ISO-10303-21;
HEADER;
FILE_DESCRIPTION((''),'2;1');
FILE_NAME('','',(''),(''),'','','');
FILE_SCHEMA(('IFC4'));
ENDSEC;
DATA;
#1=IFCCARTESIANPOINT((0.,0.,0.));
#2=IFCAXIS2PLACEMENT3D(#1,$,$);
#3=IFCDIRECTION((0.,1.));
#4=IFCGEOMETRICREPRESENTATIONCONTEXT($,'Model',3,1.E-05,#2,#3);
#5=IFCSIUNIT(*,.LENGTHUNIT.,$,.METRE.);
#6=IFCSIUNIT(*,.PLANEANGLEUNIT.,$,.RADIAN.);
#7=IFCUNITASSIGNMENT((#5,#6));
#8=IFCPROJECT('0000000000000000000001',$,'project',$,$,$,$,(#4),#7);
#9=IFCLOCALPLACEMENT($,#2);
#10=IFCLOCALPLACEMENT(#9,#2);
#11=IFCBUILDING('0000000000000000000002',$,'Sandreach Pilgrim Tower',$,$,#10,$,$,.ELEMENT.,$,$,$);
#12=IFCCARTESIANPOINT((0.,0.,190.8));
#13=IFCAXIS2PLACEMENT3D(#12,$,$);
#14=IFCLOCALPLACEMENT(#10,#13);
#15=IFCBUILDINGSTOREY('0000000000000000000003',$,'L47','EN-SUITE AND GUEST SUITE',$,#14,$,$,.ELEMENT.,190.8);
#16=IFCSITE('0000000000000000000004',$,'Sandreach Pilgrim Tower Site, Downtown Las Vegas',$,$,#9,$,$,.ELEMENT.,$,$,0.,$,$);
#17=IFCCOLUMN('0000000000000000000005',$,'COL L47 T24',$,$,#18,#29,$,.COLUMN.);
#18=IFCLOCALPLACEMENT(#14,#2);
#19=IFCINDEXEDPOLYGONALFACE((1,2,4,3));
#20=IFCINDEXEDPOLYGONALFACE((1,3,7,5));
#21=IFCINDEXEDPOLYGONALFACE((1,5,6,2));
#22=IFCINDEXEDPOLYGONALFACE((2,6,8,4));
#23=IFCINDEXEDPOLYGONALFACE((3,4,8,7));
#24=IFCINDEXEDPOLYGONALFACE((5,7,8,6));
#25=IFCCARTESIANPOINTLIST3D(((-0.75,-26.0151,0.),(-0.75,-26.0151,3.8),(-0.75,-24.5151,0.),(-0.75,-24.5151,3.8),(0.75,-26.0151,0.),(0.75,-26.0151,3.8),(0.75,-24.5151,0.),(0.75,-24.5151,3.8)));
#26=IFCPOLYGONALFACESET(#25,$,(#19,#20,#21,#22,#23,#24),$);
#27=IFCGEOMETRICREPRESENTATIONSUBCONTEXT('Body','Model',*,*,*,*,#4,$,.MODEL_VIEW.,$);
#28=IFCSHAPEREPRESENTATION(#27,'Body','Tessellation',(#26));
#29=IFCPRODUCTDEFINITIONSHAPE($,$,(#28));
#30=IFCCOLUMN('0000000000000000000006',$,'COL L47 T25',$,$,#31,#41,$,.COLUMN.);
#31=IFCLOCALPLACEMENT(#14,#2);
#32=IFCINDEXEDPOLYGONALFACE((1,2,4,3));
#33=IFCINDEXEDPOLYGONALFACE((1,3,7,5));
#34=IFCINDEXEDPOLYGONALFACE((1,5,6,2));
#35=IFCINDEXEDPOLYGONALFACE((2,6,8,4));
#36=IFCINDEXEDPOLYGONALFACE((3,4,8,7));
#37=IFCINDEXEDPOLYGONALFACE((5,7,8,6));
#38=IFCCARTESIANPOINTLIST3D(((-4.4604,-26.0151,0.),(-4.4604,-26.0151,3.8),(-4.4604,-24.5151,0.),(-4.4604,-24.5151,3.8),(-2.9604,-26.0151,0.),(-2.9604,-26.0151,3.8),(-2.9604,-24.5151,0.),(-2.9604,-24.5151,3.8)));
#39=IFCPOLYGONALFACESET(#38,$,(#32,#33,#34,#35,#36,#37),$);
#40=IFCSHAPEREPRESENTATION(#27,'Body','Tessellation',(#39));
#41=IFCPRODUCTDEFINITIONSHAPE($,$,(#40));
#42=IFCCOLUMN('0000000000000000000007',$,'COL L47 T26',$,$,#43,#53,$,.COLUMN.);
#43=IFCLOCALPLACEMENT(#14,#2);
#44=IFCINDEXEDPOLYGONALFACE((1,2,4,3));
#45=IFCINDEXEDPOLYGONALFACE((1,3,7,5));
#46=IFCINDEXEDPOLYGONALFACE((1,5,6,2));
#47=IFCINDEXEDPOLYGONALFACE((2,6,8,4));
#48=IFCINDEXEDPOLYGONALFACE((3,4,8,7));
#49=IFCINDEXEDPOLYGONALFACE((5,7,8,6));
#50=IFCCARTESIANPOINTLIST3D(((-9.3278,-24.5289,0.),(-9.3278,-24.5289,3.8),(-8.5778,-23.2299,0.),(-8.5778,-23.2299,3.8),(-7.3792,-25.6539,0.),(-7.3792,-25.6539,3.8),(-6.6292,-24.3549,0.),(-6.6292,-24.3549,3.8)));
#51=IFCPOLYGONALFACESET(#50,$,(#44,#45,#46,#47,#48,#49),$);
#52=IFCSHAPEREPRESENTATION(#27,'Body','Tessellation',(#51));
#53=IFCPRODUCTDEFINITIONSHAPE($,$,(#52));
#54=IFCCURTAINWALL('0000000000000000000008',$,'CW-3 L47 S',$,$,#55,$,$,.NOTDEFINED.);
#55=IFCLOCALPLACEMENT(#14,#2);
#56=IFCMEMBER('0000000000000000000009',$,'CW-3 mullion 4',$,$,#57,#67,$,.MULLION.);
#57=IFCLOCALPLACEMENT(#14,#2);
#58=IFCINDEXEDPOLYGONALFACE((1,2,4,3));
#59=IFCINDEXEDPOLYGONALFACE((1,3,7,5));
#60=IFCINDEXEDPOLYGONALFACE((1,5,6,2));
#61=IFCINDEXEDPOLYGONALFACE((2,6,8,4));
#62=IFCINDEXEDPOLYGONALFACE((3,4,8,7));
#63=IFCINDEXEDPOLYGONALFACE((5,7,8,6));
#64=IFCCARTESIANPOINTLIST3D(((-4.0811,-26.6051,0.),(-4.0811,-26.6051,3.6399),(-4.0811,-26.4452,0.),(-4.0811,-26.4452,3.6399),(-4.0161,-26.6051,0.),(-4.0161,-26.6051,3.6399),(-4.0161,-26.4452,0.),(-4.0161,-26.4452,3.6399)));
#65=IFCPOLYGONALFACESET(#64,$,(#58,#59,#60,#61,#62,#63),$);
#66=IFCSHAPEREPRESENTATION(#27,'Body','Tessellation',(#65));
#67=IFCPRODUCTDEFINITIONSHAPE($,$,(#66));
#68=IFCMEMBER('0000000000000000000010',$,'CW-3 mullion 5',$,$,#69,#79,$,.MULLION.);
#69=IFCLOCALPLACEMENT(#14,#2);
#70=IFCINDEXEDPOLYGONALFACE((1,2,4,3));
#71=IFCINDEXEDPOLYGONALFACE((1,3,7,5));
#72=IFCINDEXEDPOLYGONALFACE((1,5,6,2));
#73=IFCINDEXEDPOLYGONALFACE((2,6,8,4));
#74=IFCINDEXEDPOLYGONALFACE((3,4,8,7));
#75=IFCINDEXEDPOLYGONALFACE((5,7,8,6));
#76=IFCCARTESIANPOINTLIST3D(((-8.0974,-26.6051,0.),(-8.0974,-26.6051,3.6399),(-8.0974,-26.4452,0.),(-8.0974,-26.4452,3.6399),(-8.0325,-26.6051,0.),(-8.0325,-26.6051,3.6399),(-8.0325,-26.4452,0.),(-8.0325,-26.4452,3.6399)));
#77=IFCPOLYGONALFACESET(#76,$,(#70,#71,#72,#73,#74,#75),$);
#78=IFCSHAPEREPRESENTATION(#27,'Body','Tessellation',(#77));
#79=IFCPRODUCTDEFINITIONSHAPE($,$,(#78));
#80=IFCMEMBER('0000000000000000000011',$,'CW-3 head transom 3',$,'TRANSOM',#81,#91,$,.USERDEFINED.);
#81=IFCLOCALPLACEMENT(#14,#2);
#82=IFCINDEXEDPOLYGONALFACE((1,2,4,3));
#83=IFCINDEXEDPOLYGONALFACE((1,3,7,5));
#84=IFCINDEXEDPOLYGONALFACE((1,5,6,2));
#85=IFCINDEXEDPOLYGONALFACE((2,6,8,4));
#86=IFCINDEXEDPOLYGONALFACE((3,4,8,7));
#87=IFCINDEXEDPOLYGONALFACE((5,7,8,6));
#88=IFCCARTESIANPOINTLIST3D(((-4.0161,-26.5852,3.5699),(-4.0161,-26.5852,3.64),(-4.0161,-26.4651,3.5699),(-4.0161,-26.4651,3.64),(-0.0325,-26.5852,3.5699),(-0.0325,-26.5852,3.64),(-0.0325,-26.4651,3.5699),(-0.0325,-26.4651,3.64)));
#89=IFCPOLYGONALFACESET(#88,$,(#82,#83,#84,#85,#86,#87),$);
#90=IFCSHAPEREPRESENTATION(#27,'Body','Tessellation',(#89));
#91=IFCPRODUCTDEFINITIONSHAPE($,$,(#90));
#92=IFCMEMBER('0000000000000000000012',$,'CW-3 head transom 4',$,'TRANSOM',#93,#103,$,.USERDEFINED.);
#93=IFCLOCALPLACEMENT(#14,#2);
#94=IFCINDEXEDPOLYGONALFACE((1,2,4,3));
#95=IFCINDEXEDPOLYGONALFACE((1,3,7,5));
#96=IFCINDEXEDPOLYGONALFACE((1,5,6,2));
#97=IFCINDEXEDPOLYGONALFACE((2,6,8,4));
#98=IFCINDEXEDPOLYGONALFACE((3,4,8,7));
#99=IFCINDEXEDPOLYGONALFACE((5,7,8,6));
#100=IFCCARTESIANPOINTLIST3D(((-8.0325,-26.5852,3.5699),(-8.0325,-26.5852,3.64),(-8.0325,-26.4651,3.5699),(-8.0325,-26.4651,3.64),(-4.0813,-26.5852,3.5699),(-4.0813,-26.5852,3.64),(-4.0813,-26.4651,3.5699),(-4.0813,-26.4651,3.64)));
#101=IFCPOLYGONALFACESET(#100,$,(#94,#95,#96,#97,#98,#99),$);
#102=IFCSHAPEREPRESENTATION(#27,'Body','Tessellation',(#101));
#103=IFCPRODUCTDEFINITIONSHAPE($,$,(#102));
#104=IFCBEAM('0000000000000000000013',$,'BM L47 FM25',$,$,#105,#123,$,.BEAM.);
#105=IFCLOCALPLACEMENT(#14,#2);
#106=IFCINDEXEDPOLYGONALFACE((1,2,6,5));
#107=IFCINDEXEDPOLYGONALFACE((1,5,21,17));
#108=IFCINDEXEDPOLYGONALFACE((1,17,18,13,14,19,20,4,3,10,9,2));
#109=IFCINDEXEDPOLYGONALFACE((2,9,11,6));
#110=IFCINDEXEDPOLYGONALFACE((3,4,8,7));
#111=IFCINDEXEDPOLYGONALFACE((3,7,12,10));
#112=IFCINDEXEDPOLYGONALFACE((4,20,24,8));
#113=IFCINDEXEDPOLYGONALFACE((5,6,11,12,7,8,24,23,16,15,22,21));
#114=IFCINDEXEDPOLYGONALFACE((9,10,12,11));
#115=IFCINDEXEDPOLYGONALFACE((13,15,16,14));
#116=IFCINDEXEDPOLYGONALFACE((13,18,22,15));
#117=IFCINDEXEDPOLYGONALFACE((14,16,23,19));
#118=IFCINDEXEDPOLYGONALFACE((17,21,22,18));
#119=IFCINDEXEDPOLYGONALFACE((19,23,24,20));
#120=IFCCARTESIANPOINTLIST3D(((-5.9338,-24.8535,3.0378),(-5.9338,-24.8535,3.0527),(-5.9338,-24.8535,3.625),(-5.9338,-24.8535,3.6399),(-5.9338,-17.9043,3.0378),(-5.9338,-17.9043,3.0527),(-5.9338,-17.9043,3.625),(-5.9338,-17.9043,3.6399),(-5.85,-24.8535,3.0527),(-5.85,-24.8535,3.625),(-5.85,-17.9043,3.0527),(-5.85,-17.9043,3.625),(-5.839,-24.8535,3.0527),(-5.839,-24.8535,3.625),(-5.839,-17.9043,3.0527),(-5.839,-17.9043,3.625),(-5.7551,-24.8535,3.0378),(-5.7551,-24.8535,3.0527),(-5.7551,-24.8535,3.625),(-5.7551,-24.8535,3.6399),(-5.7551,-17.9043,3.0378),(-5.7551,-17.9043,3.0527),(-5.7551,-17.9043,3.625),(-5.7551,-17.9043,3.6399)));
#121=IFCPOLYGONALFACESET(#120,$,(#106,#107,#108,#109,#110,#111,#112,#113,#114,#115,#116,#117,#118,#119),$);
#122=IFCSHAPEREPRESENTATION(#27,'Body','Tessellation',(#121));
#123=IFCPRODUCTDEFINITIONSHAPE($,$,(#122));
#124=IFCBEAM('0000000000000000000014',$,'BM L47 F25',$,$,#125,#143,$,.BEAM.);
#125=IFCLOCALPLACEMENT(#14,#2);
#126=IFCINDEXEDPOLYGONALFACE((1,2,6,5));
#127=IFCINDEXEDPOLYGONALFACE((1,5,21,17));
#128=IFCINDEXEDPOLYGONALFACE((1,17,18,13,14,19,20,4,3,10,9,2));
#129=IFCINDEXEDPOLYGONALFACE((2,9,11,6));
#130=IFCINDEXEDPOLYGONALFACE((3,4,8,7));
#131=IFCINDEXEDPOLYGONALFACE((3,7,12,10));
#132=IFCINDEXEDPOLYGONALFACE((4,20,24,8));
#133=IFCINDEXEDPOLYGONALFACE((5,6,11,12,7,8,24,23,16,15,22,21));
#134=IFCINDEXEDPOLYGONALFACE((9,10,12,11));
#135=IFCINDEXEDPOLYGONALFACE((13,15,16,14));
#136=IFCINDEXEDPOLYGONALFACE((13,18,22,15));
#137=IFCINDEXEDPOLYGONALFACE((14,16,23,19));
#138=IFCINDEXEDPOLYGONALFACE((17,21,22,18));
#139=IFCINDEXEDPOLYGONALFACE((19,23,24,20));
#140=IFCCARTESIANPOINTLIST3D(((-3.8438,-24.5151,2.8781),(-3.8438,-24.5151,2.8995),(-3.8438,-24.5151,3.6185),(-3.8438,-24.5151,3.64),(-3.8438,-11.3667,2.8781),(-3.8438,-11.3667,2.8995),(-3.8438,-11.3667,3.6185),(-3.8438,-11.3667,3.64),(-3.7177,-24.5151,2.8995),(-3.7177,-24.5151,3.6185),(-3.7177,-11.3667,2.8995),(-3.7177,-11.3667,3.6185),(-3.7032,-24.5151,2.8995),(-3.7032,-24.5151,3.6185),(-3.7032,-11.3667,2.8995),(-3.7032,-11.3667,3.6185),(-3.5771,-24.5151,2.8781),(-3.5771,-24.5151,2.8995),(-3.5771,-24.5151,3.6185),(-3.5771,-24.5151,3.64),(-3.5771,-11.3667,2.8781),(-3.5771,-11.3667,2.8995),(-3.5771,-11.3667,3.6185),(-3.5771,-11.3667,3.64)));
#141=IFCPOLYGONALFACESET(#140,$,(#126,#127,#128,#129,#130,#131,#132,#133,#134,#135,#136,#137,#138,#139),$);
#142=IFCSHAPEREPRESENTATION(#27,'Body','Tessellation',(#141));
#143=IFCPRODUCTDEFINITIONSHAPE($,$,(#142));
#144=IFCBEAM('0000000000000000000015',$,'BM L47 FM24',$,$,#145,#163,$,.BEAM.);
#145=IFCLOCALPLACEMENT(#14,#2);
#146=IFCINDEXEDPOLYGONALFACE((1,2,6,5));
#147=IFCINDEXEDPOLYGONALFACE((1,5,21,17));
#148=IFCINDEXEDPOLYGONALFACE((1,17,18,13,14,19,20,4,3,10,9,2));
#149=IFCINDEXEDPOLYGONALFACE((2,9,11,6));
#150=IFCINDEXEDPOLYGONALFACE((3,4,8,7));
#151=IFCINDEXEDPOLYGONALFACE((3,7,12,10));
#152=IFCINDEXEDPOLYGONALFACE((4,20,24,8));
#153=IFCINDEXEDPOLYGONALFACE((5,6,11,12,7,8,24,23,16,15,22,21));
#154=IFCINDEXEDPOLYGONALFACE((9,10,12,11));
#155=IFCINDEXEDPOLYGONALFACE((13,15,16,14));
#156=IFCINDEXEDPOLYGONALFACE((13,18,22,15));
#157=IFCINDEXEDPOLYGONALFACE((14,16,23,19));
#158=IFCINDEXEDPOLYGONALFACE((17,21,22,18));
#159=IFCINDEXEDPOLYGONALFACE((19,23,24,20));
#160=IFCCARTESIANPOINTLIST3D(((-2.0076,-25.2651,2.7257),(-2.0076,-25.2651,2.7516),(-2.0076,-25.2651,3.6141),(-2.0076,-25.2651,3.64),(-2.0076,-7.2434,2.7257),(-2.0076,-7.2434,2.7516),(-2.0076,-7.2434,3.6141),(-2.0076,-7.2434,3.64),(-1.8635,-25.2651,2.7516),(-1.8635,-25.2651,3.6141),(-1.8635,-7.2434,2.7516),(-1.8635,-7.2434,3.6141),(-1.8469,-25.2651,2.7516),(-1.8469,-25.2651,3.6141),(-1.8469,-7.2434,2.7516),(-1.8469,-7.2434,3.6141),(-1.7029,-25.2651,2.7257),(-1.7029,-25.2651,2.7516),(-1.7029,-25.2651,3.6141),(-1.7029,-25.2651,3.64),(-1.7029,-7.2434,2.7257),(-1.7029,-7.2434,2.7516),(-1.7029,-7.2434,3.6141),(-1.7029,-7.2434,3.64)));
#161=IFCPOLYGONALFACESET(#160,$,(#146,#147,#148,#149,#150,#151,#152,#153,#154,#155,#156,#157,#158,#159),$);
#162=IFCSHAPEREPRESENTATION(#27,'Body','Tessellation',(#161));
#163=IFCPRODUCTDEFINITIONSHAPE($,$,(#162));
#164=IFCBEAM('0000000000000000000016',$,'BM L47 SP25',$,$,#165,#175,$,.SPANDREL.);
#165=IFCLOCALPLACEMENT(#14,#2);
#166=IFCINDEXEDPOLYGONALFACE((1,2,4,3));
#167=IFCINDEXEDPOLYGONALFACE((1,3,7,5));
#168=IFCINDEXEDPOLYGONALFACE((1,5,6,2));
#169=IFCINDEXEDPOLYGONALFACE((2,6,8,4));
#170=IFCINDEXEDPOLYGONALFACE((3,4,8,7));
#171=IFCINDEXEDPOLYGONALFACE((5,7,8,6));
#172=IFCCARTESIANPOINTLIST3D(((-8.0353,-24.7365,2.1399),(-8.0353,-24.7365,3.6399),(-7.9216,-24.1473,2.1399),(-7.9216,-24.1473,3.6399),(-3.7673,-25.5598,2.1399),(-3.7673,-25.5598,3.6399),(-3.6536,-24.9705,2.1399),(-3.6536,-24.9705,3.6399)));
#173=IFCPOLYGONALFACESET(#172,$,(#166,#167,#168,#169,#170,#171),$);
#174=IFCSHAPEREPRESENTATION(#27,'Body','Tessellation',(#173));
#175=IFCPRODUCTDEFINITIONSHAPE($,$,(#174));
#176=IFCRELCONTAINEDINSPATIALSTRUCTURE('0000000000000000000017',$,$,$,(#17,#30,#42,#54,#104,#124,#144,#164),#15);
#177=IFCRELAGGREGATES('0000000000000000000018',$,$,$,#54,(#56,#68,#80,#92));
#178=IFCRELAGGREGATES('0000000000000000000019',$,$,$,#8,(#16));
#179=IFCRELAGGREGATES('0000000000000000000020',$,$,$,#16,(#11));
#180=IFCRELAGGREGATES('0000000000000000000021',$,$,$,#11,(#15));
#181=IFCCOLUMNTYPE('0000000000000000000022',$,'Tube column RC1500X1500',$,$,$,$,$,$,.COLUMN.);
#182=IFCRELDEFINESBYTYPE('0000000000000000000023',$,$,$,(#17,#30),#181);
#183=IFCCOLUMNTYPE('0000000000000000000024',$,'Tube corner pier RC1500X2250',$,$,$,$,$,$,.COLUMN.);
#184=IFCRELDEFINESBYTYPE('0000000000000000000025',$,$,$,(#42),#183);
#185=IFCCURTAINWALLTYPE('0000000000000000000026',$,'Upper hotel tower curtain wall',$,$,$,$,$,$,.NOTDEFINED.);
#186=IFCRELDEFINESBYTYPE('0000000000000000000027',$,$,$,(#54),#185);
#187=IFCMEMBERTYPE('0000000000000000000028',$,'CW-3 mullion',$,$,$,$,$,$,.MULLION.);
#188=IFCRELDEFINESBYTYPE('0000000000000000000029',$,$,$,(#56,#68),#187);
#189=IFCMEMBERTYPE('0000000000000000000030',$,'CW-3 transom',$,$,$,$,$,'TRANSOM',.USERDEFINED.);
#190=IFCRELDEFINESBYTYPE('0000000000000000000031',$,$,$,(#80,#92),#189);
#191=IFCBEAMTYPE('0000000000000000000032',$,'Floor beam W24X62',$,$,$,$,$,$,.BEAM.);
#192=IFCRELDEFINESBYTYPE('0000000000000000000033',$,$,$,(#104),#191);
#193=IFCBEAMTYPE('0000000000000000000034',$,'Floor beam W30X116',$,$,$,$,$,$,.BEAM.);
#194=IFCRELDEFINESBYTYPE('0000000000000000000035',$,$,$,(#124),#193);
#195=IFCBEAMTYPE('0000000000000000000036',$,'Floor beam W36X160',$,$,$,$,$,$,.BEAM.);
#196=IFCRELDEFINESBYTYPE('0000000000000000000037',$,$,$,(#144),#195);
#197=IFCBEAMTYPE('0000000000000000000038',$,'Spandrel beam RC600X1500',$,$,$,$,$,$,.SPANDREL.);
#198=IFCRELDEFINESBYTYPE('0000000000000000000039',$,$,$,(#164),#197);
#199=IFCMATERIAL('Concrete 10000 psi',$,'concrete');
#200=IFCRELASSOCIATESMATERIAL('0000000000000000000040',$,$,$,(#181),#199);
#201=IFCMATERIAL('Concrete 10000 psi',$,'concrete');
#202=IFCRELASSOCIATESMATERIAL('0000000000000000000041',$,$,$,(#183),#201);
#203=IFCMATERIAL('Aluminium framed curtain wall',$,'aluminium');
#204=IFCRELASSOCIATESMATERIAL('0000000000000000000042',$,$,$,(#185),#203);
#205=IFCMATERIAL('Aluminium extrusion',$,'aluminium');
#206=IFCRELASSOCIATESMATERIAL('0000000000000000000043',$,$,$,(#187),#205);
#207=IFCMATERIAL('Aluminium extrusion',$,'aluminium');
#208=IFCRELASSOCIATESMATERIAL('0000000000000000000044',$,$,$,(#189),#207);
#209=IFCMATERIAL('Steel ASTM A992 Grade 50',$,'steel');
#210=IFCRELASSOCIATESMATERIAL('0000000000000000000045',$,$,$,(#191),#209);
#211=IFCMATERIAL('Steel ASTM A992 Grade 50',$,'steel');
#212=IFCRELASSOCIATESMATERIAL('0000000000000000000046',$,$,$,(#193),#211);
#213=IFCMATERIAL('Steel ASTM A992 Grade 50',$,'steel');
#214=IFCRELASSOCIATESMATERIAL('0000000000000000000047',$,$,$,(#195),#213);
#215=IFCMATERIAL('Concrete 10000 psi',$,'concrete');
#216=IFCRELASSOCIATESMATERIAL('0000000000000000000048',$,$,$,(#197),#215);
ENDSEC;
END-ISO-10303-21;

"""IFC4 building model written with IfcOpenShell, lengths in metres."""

from ifc_helpers import new_model, si_unit, direction, frame, origin, origin_2d, place, context, subcontext, project, spatial, rectangle, i_section, extrude, material, material_profile, profile_set, type_object, element, aggregate, save


model = new_model("IFC4")

# Units and contexts
model_context = context("Model", 3, precision=1e-05, world=origin(), true_north=direction((0.0, 1.0)))
body_context = subcontext(model_context, "Body", "Model", "MODEL_VIEW")
ifc_project = project(units=[si_unit("LENGTHUNIT", "METRE"), si_unit("PLANEANGLEUNIT", "RADIAN")], contexts=[model_context])

# Site, building, storey
site_placement = place(None, origin())
site = spatial("IfcSite", under=ifc_project, at=site_placement, Name="Sandreach Pilgrim Tower Site, Downtown Las Vegas", CompositionType="ELEMENT", RefElevation=0.0)
building_placement = place(site_placement, origin())
building = spatial("IfcBuilding", under=site, at=building_placement, Name="Sandreach Pilgrim Tower", CompositionType="ELEMENT")
storey_placement = place(building_placement, frame((0.0, 0.0, 190.8)))
storey = spatial("IfcBuildingStorey", under=building, at=storey_placement, Name="L47", Description="EN-SUITE AND GUEST SUITE", CompositionType="ELEMENT", Elevation=190.8)

# Columns
ifc_material_1 = material(Name="Concrete 10000 psi", Category="concrete")
ifc_material_profile_1 = material_profile(ifc_material_1, rectangle(XDim=1.5, YDim=1.5, at=origin_2d()), Name="RC1500X1500")
ifc_profile_set_1 = profile_set([ifc_material_profile_1], Name="Concrete 10000 psi")
column_type_1 = type_object("IfcColumnType", Name="Tube column RC1500X1500", PredefinedType="COLUMN", material=ifc_profile_set_1)
for number, where, z_axis, x_axis, name in (
    (1, (0.0, -25.2651, 0.0), (0.0, 0.0, 1.0), (0.0, -1.0, 0.0), "COL L47 T24"),
    (2, (-3.7104, -25.2651, 0.0), (0.0, 0.0, 1.0), (0.0, -1.0, 0.0), "COL L47 T25"),
):
    element("IfcColumn", number, at=place(storey_placement, frame(where, z_axis=z_axis, x_axis=x_axis)), inside=storey, type_object=column_type_1, Name=name, PredefinedType="COLUMN", context=body_context, shape_type="SweptSolid", body=[
        extrude(rectangle(XDim=1.5, YDim=1.5, at=origin_2d()), origin(), (0.0, 0.0, 1.0), 3.8),
    ])
ifc_material_2 = material(Name="Concrete 10000 psi", Category="concrete")
ifc_material_profile_2 = material_profile(ifc_material_2, rectangle(XDim=1.5, YDim=2.25, at=origin_2d()), Name="RC1500X2250")
ifc_profile_set_2 = profile_set([ifc_material_profile_2], Name="Concrete 10000 psi")
column_type_2 = type_object("IfcColumnType", Name="Tube corner pier RC1500X2250", PredefinedType="COLUMN", material=ifc_profile_set_2)
column_placement = place(storey_placement, frame((-7.9785, -24.4419, 0.0), z_axis=(0.0, 0.0, 1.0), x_axis=(-0.5, -0.866025, 0.0)))
element("IfcColumn", 3, at=column_placement, inside=storey, type_object=column_type_2, Name="COL L47 T26", PredefinedType="COLUMN", context=body_context, shape_type="SweptSolid", body=[
    extrude(rectangle(XDim=1.5, YDim=2.25, at=origin_2d()), origin(), (0.0, 0.0, 1.0), 3.8),
])

# Curtain wall, members
ifc_material_3 = material(Name="Aluminium framed curtain wall", Category="aluminium")
curtain_wall_type = type_object("IfcCurtainWallType", Name="Upper hotel tower curtain wall", PredefinedType="NOTDEFINED", material=ifc_material_3)
curtain_wall_placement = place(storey_placement, origin())
curtain_wall = element("IfcCurtainWall", 4, at=curtain_wall_placement, inside=storey, type_object=curtain_wall_type, Name="CW-3 L47 S", PredefinedType="NOTDEFINED")
ifc_material_4 = material(Name="Aluminium extrusion", Category="aluminium")
ifc_material_profile_3 = material_profile(ifc_material_4, rectangle(XDim=0.0649, YDim=0.1599, at=origin_2d()), Name="CW-3M 65X160")
ifc_profile_set_3 = profile_set([ifc_material_profile_3], Name="Aluminium extrusion")
member_type_1 = type_object("IfcMemberType", Name="CW-3 mullion", PredefinedType="MULLION", material=ifc_profile_set_3)
member_1_placement = place(storey_placement, frame((-4.0486, -26.5251, 0.0), z_axis=(0.0, 0.0, 1.0), x_axis=(-1.0, 0.0, 0.0)))
member_1 = element("IfcMember", 5, at=member_1_placement, type_object=member_type_1, Name="CW-3 mullion 4", PredefinedType="MULLION", context=body_context, shape_type="SweptSolid", body=[
    extrude(rectangle(XDim=0.0649, YDim=0.1599, at=origin_2d()), origin(), (0.0, 0.0, 1.0), 3.6399),
])
member_2_placement = place(storey_placement, frame((-8.0649, -26.5251, 0.0), z_axis=(0.0, 0.0, 1.0), x_axis=(-1.0, 0.0, 0.0)))
member_2 = element("IfcMember", 6, at=member_2_placement, type_object=member_type_1, Name="CW-3 mullion 5", PredefinedType="MULLION", context=body_context, shape_type="SweptSolid", body=[
    extrude(rectangle(XDim=0.0649, YDim=0.1599, at=origin_2d()), origin(), (0.0, 0.0, 1.0), 3.6399),
])
ifc_material_5 = material(Name="Aluminium extrusion", Category="aluminium")
ifc_material_profile_4 = material_profile(ifc_material_5, rectangle(XDim=0.1201, YDim=0.0701, at=origin_2d()), Name="CW-3T 120X70")
ifc_profile_set_4 = profile_set([ifc_material_profile_4], Name="Aluminium extrusion")
member_type_2 = type_object("IfcMemberType", Name="CW-3 transom", ElementType="TRANSOM", PredefinedType="USERDEFINED", material=ifc_profile_set_4)
member_3_placement = place(storey_placement, frame((-0.0325, -26.5251, 3.605), z_axis=(-1.0, 0.0, 0.0), x_axis=(0.0, -1.0, 0.0)))
member_3 = element("IfcMember", 7, at=member_3_placement, type_object=member_type_2, Name="CW-3 head transom 3", ObjectType="TRANSOM", PredefinedType="USERDEFINED", context=body_context, shape_type="SweptSolid", body=[
    extrude(rectangle(XDim=0.1201, YDim=0.0701, at=origin_2d()), origin(), (0.0, 0.0, 1.0), 3.9836),
])
member_4_placement = place(storey_placement, frame((-4.0813, -26.5251, 3.605), z_axis=(-1.0, 0.0, 0.0), x_axis=(0.0, -1.0, 0.0)))
member_4 = element("IfcMember", 8, at=member_4_placement, type_object=member_type_2, Name="CW-3 head transom 4", ObjectType="TRANSOM", PredefinedType="USERDEFINED", context=body_context, shape_type="SweptSolid", body=[
    extrude(rectangle(XDim=0.1201, YDim=0.0701, at=origin_2d()), origin(), (0.0, 0.0, 1.0), 3.9512),
])

# Beams
ifc_material_6 = material(Name="Steel ASTM A992 Grade 50", Category="steel")
ifc_material_profile_5 = material_profile(ifc_material_6, i_section(OverallWidth=0.1787, OverallDepth=0.6021, WebThickness=0.011, FlangeThickness=0.0149, at=origin_2d()), Name="W24X62")
ifc_profile_set_5 = profile_set([ifc_material_profile_5], Name="Steel ASTM A992 Grade 50")
beam_type_1 = type_object("IfcBeamType", Name="Floor beam W24X62", PredefinedType="BEAM", material=ifc_profile_set_5)
beam_1_placement = place(storey_placement, frame((-5.8445, -24.8535, 3.3389), z_axis=(0.0, 1.0, 0.0), x_axis=(-1.0, 0.0, 0.0)))
element("IfcBeam", 9, at=beam_1_placement, inside=storey, type_object=beam_type_1, Name="BM L47 FM25", PredefinedType="BEAM", context=body_context, shape_type="SweptSolid", body=[
    extrude(i_section(OverallWidth=0.1787, OverallDepth=0.6021, WebThickness=0.011, FlangeThickness=0.0149, at=origin_2d()), origin(), (0.0, 0.0, 1.0), 6.9492),
])
ifc_material_7 = material(Name="Steel ASTM A992 Grade 50", Category="steel")
ifc_material_profile_6 = material_profile(ifc_material_7, i_section(OverallWidth=0.2666, OverallDepth=0.762, WebThickness=0.0144, FlangeThickness=0.0215, at=origin_2d()), Name="W30X116")
ifc_profile_set_6 = profile_set([ifc_material_profile_6], Name="Steel ASTM A992 Grade 50")
beam_type_2 = type_object("IfcBeamType", Name="Floor beam W30X116", PredefinedType="BEAM", material=ifc_profile_set_6)
beam_2_placement = place(storey_placement, frame((-3.7104, -24.5151, 3.259), z_axis=(0.0, 1.0, 0.0), x_axis=(-1.0, 0.0, 0.0)))
element("IfcBeam", 10, at=beam_2_placement, inside=storey, type_object=beam_type_2, Name="BM L47 F25", PredefinedType="BEAM", context=body_context, shape_type="SweptSolid", body=[
    extrude(i_section(OverallWidth=0.2666, OverallDepth=0.762, WebThickness=0.0144, FlangeThickness=0.0215, at=origin_2d()), origin(), (0.0, 0.0, 1.0), 13.1484),
])
ifc_material_8 = material(Name="Steel ASTM A992 Grade 50", Category="steel")
ifc_material_profile_7 = material_profile(ifc_material_8, i_section(OverallWidth=0.3047, OverallDepth=0.9143, WebThickness=0.0166, FlangeThickness=0.0259, at=origin_2d()), Name="W36X160")
ifc_profile_set_7 = profile_set([ifc_material_profile_7], Name="Steel ASTM A992 Grade 50")
beam_type_3 = type_object("IfcBeamType", Name="Floor beam W36X160", PredefinedType="BEAM", material=ifc_profile_set_7)
beam_3_placement = place(storey_placement, frame((-1.8552, -25.2651, 3.1829), z_axis=(0.0, 1.0, 0.0), x_axis=(-1.0, 0.0, 0.0)))
element("IfcBeam", 11, at=beam_3_placement, inside=storey, type_object=beam_type_3, Name="BM L47 FM24", PredefinedType="BEAM", context=body_context, shape_type="SweptSolid", body=[
    extrude(i_section(OverallWidth=0.3047, OverallDepth=0.9143, WebThickness=0.0166, FlangeThickness=0.0259, at=origin_2d()), origin(), (0.0, 0.0, 1.0), 18.0217),
])
ifc_material_9 = material(Name="Concrete 10000 psi", Category="concrete")
ifc_material_profile_8 = material_profile(ifc_material_9, rectangle(XDim=0.6001, YDim=1.5, at=origin_2d()), Name="RC600X1500")
ifc_profile_set_8 = profile_set([ifc_material_profile_8], Name="Concrete 10000 psi")
beam_type_4 = type_object("IfcBeamType", Name="Spandrel beam RC600X1500", PredefinedType="SPANDREL", material=ifc_profile_set_8)
beam_4_placement = place(storey_placement, frame((-3.7104, -25.2651, 2.8899), z_axis=(-0.981901, 0.189393, 0.0), x_axis=(-0.189393, -0.981901, 0.0)))
element("IfcBeam", 12, at=beam_4_placement, inside=storey, type_object=beam_type_4, Name="BM L47 SP25", PredefinedType="SPANDREL", context=body_context, shape_type="SweptSolid", body=[
    extrude(rectangle(XDim=0.6001, YDim=1.5, at=origin_2d()), origin(), (0.0, 0.0, 1.0), 4.3467),
])

aggregate(curtain_wall, [member_1, member_2, member_3, member_4])

save(model, "model.ifc")
